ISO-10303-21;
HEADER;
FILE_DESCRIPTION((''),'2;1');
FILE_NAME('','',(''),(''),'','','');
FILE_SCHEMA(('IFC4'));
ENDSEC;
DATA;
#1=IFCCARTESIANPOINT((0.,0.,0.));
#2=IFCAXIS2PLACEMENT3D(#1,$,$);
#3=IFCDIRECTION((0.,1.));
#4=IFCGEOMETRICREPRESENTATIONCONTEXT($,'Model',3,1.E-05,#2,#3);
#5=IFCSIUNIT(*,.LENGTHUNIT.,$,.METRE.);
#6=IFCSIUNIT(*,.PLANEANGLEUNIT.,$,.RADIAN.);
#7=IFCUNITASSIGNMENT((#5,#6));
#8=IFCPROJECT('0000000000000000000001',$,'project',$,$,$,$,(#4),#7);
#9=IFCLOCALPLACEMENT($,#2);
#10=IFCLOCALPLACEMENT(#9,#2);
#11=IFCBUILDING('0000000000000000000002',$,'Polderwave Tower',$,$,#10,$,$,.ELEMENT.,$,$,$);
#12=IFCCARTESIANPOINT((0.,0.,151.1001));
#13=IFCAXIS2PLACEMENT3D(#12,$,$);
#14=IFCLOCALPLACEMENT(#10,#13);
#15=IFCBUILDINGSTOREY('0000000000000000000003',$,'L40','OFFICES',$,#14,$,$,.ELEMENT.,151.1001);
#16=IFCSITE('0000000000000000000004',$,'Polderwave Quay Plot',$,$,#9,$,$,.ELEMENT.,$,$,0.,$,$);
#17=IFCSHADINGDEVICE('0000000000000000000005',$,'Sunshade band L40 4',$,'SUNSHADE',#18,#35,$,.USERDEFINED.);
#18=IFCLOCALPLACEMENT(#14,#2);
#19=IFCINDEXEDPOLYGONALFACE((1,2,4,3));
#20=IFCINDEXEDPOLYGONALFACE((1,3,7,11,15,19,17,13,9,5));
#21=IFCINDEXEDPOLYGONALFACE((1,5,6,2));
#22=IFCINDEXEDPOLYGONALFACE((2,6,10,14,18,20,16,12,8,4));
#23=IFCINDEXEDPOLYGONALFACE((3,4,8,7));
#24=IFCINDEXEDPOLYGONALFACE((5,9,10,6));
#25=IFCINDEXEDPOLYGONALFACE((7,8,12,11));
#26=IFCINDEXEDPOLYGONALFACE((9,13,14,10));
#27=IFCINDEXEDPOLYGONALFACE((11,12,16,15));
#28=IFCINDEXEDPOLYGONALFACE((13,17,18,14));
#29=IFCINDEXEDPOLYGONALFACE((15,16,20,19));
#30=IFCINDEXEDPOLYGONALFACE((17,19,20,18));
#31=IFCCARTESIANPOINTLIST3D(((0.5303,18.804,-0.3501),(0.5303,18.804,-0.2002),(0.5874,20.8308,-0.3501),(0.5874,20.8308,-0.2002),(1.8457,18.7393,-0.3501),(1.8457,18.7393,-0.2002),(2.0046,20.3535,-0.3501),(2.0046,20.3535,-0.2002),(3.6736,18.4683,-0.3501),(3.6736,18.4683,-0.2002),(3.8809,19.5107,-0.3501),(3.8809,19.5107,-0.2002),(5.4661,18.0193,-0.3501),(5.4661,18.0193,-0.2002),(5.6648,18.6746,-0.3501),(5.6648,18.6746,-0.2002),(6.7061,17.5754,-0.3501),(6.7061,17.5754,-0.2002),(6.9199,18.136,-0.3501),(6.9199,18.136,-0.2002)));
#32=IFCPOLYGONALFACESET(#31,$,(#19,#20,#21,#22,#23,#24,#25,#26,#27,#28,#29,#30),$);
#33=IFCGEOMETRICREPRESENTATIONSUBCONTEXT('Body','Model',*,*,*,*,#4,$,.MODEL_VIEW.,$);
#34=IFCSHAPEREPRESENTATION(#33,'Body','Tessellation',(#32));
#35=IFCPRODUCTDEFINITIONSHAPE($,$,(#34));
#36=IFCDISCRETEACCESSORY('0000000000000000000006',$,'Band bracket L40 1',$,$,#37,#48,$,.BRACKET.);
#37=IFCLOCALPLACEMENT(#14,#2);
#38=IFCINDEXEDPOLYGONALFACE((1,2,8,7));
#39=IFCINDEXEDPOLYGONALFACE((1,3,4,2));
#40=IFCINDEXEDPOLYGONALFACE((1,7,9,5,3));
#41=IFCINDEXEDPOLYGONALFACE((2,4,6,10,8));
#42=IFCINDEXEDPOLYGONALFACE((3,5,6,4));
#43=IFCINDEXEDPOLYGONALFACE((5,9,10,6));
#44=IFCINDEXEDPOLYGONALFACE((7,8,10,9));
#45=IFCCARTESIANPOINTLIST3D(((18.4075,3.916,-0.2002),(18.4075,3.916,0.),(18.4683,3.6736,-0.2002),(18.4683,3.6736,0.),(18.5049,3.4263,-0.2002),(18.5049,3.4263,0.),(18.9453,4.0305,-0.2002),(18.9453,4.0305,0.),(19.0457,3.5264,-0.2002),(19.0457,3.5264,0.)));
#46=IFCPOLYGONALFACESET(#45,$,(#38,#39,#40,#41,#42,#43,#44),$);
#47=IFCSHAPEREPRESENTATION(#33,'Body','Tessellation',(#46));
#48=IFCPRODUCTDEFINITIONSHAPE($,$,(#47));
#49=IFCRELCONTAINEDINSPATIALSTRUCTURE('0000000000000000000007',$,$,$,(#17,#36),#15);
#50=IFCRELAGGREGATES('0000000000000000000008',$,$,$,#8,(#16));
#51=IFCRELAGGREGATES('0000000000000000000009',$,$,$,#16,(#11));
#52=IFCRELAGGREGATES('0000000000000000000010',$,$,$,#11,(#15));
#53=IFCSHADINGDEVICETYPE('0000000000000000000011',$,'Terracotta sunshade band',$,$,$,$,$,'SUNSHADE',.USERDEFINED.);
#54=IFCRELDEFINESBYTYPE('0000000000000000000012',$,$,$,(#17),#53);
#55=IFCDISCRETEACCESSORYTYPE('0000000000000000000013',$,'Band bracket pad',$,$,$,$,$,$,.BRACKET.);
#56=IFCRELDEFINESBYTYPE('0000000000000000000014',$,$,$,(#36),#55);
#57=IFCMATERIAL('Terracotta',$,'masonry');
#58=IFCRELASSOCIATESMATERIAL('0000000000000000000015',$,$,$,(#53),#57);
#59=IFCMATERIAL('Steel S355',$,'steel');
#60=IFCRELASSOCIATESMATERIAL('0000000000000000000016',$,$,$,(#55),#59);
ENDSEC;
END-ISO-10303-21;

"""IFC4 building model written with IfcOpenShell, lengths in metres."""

from ifc_helpers import new_model, si_unit, direction, frame, origin, place, context, subcontext, project, spatial, polyline, outline, extrude, material, type_object, element, save


model = new_model("IFC4")

# Units and contexts
model_context = context("Model", 3, precision=1e-05, world=origin(), true_north=direction((0.0, 1.0)))
body_context = subcontext(model_context, "Body", "Model", "MODEL_VIEW")
ifc_project = project(units=[si_unit("LENGTHUNIT", "METRE"), si_unit("PLANEANGLEUNIT", "RADIAN")], contexts=[model_context])

# Site, building, storey
site_placement = place(None, origin())
site = spatial("IfcSite", under=ifc_project, at=site_placement, Name="Polderwave Quay Plot", CompositionType="ELEMENT", RefElevation=0.0)
building_placement = place(site_placement, origin())
building = spatial("IfcBuilding", under=site, at=building_placement, Name="Polderwave Tower", CompositionType="ELEMENT")
storey_placement = place(building_placement, frame((0.0, 0.0, 151.1001)))
storey = spatial("IfcBuildingStorey", under=building, at=storey_placement, Name="L40", Description="OFFICES", CompositionType="ELEMENT", Elevation=151.1001)

# Shading device
ifc_material_1 = material(Name="Terracotta", Category="masonry")
shading_device_type = type_object("IfcShadingDeviceType", Name="Terracotta sunshade band", ElementType="SUNSHADE", PredefinedType="USERDEFINED", material=ifc_material_1)
shading_device_1_placement = place(storey_placement, frame((0.0, 0.0, -0.3501)))
element("IfcShadingDevice", 1, at=shading_device_1_placement, inside=storey, type_object=shading_device_type, Name="Sunshade band L40 4", ObjectType="SUNSHADE", PredefinedType="USERDEFINED", context=body_context, shape_type="SweptSolid", body=[
    extrude(outline(polyline([(6.7061, 17.5754), (5.4661, 18.0193), (3.6736, 18.4683), (1.8457, 18.7393), (0.5303, 18.804), (0.5874, 20.8308), (2.0046, 20.3535), (3.8809, 19.5107), (5.6648, 18.6746), (6.9199, 18.136), (6.7061, 17.5754)])), origin(), (0.0, 0.0, 1.0), 0.1499),
])

# Discrete accessory
ifc_material_2 = material(Name="Steel S355", Category="steel")
discrete_accessory_type = type_object("IfcDiscreteAccessoryType", Name="Band bracket pad", PredefinedType="BRACKET", material=ifc_material_2)
discrete_accessory_placement = place(storey_placement, frame((0.0, 0.0, -0.2002)))
element("IfcDiscreteAccessory", 2, at=discrete_accessory_placement, inside=storey, type_object=discrete_accessory_type, Name="Band bracket L40 1", PredefinedType="BRACKET", context=body_context, shape_type="SweptSolid", body=[
    extrude(outline(polyline([(18.5049, 3.4263), (18.4683, 3.6736), (18.4075, 3.916), (18.9453, 4.0305), (19.0457, 3.5264), (18.5049, 3.4263)])), origin(), (0.0, 0.0, 1.0), 0.2002),
])

save(model, "model.ifc")
